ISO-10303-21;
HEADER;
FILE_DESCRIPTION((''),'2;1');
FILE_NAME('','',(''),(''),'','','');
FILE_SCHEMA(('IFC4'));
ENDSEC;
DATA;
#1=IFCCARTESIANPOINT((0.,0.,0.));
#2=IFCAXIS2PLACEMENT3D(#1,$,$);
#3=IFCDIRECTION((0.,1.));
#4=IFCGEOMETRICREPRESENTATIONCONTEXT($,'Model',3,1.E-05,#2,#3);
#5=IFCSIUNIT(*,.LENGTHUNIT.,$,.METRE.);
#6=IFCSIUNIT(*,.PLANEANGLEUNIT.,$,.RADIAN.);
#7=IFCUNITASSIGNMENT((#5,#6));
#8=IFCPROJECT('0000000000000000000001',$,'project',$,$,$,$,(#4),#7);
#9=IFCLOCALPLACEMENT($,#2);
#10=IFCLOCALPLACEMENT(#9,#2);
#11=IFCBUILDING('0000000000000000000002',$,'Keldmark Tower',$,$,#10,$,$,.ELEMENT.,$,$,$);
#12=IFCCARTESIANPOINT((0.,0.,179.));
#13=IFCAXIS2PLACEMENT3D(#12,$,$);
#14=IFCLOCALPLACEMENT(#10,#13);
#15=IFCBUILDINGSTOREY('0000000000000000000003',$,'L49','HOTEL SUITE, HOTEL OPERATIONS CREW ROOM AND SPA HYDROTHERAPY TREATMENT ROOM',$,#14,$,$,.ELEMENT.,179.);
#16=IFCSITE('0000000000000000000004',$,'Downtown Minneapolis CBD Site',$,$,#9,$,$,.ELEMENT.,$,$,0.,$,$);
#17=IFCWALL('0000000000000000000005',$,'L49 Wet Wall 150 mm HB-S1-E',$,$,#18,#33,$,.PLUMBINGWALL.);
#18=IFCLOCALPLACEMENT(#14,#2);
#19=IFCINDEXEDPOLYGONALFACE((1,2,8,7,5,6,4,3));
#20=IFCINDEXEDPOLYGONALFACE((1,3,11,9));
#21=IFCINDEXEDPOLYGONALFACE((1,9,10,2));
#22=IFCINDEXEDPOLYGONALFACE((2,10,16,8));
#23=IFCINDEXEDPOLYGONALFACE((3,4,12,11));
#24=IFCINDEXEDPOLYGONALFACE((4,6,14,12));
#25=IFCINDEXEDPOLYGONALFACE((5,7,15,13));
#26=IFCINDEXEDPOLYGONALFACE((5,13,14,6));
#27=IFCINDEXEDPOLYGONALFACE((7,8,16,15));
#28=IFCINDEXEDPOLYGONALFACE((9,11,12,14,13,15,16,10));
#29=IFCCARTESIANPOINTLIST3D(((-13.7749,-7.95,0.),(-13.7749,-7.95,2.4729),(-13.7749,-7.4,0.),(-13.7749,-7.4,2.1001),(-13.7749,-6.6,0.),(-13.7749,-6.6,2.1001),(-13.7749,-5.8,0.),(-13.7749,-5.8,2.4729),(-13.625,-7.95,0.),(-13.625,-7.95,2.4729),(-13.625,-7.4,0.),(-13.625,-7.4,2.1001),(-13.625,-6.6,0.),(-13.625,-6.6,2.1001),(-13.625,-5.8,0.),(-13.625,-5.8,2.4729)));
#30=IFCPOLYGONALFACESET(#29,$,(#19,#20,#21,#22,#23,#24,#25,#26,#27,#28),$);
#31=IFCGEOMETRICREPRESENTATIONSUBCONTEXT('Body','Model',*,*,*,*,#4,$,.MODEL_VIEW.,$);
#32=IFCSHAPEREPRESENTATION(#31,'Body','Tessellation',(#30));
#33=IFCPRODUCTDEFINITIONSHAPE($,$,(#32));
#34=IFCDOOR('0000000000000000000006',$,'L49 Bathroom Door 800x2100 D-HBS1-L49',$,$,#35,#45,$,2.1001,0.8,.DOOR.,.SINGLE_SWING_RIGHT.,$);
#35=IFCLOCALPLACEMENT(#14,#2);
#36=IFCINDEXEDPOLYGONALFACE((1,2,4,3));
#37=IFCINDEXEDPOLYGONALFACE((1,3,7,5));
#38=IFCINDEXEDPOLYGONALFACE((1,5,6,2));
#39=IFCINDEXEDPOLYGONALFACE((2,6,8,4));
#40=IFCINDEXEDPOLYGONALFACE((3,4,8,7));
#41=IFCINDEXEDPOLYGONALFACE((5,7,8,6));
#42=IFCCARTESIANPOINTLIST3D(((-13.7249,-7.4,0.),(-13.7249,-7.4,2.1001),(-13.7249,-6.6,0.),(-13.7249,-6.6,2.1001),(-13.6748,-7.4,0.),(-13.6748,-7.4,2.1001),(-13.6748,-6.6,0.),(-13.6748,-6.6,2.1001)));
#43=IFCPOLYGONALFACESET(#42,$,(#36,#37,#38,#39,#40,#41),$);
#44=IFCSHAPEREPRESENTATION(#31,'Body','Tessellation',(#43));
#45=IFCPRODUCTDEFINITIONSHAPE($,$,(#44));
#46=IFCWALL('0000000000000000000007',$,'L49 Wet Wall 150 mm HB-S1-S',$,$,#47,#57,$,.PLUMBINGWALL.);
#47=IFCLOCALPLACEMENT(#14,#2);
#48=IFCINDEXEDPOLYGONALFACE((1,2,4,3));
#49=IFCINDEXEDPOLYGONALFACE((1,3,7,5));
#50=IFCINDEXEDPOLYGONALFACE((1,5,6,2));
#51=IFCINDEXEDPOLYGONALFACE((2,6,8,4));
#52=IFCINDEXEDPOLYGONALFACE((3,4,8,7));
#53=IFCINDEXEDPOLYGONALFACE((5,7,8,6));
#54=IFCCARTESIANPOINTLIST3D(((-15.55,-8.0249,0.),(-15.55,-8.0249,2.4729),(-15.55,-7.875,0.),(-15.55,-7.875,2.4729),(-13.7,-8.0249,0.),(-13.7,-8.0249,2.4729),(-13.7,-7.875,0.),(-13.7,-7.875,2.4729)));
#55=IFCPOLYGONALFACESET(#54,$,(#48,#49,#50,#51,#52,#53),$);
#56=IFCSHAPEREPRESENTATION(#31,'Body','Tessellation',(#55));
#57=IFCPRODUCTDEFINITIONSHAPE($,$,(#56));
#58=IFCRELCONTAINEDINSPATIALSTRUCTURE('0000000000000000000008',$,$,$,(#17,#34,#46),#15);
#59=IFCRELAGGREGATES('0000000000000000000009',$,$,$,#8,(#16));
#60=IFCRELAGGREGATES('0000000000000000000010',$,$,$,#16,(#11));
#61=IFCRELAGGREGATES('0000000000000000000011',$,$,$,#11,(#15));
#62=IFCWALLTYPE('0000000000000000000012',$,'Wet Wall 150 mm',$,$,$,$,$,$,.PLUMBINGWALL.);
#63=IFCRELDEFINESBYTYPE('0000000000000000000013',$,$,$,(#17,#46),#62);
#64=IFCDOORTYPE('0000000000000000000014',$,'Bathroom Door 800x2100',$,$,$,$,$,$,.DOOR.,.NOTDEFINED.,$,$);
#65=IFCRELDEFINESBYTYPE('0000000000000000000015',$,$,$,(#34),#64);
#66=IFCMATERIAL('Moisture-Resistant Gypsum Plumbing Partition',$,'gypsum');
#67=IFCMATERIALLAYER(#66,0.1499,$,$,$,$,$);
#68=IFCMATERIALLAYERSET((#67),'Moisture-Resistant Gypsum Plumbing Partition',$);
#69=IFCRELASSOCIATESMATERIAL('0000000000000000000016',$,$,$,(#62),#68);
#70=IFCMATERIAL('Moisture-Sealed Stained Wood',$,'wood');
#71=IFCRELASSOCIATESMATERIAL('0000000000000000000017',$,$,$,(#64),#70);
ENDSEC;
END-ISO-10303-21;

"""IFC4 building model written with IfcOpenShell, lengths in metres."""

from ifc_helpers import new_model, si_unit, direction, frame, frame_2d, origin, place, context, subcontext, project, spatial, rectangle, extrude, material, layer, layer_set, type_object, element, fill, save


model = new_model("IFC4")

# Units and contexts
model_context = context("Model", 3, precision=1e-05, world=origin(), true_north=direction((0.0, 1.0)))
body_context = subcontext(model_context, "Body", "Model", "MODEL_VIEW")
ifc_project = project(units=[si_unit("LENGTHUNIT", "METRE"), si_unit("PLANEANGLEUNIT", "RADIAN")], contexts=[model_context])

# Site, building, storey
site_placement = place(None, origin())
site = spatial("IfcSite", under=ifc_project, at=site_placement, Name="Downtown Minneapolis CBD Site", CompositionType="ELEMENT", RefElevation=0.0)
building_placement = place(site_placement, origin())
building = spatial("IfcBuilding", under=site, at=building_placement, Name="Keldmark Tower", CompositionType="ELEMENT")
storey_placement = place(building_placement, frame((0.0, 0.0, 179.0)))
storey = spatial("IfcBuildingStorey", under=building, at=storey_placement, Name="L49", Description="HOTEL SUITE, HOTEL OPERATIONS CREW ROOM AND SPA HYDROTHERAPY TREATMENT ROOM", CompositionType="ELEMENT", Elevation=179.0)

# Wall, opening, door
ifc_material_1 = material(Name="Moisture-Resistant Gypsum Plumbing Partition", Category="gypsum")
ifc_layer_1 = layer(ifc_material_1, 0.1499)
ifc_layer_set_1 = layer_set([ifc_layer_1], Name="Moisture-Resistant Gypsum Plumbing Partition")
wall_type_1 = type_object("IfcWallType", Name="Wet Wall 150 mm", PredefinedType="PLUMBINGWALL", material=ifc_layer_set_1)
wall_1_placement = place(storey_placement, frame((-13.7, -7.95, 0.0), z_axis=(0.0, 0.0, 1.0), x_axis=(0.0, 1.0, 0.0)))
wall_1 = element("IfcWall", 1, at=wall_1_placement, inside=storey, type_object=wall_type_1, Name="L49 Wet Wall 150 mm HB-S1-E", PredefinedType="PLUMBINGWALL", context=body_context, shape_type="SweptSolid", body=[
    extrude(rectangle(XDim=2.1499, YDim=0.1499, at=frame_2d((1.075, 0.0))), origin(), (0.0, 0.0, 1.0), 2.4729),
])
opening_1_placement = place(wall_1_placement, frame((0.55, 0.0, 0.0)))
opening_1 = element("IfcOpeningElement", 2, at=opening_1_placement, cuts=wall_1, PredefinedType="OPENING", context=body_context, shape_type="SweptSolid", body=[
    extrude(rectangle(XDim=0.8, YDim=2.1001, at=frame_2d((0.3999, 1.05))), frame((0.0, 0.085, 0.0), z_axis=(0.0, -1.0, 0.0), x_axis=(1.0, 0.0, 0.0)), (0.0, 0.0, 1.0), 0.1699),
])
ifc_material_2 = material(Name="Moisture-Sealed Stained Wood", Category="wood")
door_type_1 = type_object("IfcDoorType", Name="Bathroom Door 800x2100", OperationType="NOTDEFINED", PredefinedType="DOOR", material=ifc_material_2)
door_1_placement = place(opening_1_placement, origin())
door_1 = element("IfcDoor", 3, at=door_1_placement, inside=storey, type_object=door_type_1, Name="L49 Bathroom Door 800x2100 D-HBS1-L49", OperationType="SINGLE_SWING_RIGHT", OverallHeight=2.1001, OverallWidth=0.8, PredefinedType="DOOR", context=body_context, shape_type="SweptSolid", body=[
    extrude(rectangle(XDim=0.8, YDim=2.1001, at=frame_2d((0.3999, 1.05))), frame((0.0, 0.0249, 0.0), z_axis=(0.0, -1.0, 0.0), x_axis=(1.0, 0.0, 0.0)), (0.0, 0.0, 1.0), 0.05),
])
fill(opening_1, door_1)

# Wall
wall_2_placement = place(storey_placement, frame((-15.55, -7.95, 0.0), z_axis=(0.0, 0.0, 1.0), x_axis=(1.0, 0.0, 0.0)))
element("IfcWall", 4, at=wall_2_placement, inside=storey, type_object=wall_type_1, Name="L49 Wet Wall 150 mm HB-S1-S", PredefinedType="PLUMBINGWALL", context=body_context, shape_type="SweptSolid", body=[
    extrude(rectangle(XDim=1.8501, YDim=0.1499, at=frame_2d((0.925, 0.0))), origin(), (0.0, 0.0, 1.0), 2.4729),
])

save(model, "model.ifc")
